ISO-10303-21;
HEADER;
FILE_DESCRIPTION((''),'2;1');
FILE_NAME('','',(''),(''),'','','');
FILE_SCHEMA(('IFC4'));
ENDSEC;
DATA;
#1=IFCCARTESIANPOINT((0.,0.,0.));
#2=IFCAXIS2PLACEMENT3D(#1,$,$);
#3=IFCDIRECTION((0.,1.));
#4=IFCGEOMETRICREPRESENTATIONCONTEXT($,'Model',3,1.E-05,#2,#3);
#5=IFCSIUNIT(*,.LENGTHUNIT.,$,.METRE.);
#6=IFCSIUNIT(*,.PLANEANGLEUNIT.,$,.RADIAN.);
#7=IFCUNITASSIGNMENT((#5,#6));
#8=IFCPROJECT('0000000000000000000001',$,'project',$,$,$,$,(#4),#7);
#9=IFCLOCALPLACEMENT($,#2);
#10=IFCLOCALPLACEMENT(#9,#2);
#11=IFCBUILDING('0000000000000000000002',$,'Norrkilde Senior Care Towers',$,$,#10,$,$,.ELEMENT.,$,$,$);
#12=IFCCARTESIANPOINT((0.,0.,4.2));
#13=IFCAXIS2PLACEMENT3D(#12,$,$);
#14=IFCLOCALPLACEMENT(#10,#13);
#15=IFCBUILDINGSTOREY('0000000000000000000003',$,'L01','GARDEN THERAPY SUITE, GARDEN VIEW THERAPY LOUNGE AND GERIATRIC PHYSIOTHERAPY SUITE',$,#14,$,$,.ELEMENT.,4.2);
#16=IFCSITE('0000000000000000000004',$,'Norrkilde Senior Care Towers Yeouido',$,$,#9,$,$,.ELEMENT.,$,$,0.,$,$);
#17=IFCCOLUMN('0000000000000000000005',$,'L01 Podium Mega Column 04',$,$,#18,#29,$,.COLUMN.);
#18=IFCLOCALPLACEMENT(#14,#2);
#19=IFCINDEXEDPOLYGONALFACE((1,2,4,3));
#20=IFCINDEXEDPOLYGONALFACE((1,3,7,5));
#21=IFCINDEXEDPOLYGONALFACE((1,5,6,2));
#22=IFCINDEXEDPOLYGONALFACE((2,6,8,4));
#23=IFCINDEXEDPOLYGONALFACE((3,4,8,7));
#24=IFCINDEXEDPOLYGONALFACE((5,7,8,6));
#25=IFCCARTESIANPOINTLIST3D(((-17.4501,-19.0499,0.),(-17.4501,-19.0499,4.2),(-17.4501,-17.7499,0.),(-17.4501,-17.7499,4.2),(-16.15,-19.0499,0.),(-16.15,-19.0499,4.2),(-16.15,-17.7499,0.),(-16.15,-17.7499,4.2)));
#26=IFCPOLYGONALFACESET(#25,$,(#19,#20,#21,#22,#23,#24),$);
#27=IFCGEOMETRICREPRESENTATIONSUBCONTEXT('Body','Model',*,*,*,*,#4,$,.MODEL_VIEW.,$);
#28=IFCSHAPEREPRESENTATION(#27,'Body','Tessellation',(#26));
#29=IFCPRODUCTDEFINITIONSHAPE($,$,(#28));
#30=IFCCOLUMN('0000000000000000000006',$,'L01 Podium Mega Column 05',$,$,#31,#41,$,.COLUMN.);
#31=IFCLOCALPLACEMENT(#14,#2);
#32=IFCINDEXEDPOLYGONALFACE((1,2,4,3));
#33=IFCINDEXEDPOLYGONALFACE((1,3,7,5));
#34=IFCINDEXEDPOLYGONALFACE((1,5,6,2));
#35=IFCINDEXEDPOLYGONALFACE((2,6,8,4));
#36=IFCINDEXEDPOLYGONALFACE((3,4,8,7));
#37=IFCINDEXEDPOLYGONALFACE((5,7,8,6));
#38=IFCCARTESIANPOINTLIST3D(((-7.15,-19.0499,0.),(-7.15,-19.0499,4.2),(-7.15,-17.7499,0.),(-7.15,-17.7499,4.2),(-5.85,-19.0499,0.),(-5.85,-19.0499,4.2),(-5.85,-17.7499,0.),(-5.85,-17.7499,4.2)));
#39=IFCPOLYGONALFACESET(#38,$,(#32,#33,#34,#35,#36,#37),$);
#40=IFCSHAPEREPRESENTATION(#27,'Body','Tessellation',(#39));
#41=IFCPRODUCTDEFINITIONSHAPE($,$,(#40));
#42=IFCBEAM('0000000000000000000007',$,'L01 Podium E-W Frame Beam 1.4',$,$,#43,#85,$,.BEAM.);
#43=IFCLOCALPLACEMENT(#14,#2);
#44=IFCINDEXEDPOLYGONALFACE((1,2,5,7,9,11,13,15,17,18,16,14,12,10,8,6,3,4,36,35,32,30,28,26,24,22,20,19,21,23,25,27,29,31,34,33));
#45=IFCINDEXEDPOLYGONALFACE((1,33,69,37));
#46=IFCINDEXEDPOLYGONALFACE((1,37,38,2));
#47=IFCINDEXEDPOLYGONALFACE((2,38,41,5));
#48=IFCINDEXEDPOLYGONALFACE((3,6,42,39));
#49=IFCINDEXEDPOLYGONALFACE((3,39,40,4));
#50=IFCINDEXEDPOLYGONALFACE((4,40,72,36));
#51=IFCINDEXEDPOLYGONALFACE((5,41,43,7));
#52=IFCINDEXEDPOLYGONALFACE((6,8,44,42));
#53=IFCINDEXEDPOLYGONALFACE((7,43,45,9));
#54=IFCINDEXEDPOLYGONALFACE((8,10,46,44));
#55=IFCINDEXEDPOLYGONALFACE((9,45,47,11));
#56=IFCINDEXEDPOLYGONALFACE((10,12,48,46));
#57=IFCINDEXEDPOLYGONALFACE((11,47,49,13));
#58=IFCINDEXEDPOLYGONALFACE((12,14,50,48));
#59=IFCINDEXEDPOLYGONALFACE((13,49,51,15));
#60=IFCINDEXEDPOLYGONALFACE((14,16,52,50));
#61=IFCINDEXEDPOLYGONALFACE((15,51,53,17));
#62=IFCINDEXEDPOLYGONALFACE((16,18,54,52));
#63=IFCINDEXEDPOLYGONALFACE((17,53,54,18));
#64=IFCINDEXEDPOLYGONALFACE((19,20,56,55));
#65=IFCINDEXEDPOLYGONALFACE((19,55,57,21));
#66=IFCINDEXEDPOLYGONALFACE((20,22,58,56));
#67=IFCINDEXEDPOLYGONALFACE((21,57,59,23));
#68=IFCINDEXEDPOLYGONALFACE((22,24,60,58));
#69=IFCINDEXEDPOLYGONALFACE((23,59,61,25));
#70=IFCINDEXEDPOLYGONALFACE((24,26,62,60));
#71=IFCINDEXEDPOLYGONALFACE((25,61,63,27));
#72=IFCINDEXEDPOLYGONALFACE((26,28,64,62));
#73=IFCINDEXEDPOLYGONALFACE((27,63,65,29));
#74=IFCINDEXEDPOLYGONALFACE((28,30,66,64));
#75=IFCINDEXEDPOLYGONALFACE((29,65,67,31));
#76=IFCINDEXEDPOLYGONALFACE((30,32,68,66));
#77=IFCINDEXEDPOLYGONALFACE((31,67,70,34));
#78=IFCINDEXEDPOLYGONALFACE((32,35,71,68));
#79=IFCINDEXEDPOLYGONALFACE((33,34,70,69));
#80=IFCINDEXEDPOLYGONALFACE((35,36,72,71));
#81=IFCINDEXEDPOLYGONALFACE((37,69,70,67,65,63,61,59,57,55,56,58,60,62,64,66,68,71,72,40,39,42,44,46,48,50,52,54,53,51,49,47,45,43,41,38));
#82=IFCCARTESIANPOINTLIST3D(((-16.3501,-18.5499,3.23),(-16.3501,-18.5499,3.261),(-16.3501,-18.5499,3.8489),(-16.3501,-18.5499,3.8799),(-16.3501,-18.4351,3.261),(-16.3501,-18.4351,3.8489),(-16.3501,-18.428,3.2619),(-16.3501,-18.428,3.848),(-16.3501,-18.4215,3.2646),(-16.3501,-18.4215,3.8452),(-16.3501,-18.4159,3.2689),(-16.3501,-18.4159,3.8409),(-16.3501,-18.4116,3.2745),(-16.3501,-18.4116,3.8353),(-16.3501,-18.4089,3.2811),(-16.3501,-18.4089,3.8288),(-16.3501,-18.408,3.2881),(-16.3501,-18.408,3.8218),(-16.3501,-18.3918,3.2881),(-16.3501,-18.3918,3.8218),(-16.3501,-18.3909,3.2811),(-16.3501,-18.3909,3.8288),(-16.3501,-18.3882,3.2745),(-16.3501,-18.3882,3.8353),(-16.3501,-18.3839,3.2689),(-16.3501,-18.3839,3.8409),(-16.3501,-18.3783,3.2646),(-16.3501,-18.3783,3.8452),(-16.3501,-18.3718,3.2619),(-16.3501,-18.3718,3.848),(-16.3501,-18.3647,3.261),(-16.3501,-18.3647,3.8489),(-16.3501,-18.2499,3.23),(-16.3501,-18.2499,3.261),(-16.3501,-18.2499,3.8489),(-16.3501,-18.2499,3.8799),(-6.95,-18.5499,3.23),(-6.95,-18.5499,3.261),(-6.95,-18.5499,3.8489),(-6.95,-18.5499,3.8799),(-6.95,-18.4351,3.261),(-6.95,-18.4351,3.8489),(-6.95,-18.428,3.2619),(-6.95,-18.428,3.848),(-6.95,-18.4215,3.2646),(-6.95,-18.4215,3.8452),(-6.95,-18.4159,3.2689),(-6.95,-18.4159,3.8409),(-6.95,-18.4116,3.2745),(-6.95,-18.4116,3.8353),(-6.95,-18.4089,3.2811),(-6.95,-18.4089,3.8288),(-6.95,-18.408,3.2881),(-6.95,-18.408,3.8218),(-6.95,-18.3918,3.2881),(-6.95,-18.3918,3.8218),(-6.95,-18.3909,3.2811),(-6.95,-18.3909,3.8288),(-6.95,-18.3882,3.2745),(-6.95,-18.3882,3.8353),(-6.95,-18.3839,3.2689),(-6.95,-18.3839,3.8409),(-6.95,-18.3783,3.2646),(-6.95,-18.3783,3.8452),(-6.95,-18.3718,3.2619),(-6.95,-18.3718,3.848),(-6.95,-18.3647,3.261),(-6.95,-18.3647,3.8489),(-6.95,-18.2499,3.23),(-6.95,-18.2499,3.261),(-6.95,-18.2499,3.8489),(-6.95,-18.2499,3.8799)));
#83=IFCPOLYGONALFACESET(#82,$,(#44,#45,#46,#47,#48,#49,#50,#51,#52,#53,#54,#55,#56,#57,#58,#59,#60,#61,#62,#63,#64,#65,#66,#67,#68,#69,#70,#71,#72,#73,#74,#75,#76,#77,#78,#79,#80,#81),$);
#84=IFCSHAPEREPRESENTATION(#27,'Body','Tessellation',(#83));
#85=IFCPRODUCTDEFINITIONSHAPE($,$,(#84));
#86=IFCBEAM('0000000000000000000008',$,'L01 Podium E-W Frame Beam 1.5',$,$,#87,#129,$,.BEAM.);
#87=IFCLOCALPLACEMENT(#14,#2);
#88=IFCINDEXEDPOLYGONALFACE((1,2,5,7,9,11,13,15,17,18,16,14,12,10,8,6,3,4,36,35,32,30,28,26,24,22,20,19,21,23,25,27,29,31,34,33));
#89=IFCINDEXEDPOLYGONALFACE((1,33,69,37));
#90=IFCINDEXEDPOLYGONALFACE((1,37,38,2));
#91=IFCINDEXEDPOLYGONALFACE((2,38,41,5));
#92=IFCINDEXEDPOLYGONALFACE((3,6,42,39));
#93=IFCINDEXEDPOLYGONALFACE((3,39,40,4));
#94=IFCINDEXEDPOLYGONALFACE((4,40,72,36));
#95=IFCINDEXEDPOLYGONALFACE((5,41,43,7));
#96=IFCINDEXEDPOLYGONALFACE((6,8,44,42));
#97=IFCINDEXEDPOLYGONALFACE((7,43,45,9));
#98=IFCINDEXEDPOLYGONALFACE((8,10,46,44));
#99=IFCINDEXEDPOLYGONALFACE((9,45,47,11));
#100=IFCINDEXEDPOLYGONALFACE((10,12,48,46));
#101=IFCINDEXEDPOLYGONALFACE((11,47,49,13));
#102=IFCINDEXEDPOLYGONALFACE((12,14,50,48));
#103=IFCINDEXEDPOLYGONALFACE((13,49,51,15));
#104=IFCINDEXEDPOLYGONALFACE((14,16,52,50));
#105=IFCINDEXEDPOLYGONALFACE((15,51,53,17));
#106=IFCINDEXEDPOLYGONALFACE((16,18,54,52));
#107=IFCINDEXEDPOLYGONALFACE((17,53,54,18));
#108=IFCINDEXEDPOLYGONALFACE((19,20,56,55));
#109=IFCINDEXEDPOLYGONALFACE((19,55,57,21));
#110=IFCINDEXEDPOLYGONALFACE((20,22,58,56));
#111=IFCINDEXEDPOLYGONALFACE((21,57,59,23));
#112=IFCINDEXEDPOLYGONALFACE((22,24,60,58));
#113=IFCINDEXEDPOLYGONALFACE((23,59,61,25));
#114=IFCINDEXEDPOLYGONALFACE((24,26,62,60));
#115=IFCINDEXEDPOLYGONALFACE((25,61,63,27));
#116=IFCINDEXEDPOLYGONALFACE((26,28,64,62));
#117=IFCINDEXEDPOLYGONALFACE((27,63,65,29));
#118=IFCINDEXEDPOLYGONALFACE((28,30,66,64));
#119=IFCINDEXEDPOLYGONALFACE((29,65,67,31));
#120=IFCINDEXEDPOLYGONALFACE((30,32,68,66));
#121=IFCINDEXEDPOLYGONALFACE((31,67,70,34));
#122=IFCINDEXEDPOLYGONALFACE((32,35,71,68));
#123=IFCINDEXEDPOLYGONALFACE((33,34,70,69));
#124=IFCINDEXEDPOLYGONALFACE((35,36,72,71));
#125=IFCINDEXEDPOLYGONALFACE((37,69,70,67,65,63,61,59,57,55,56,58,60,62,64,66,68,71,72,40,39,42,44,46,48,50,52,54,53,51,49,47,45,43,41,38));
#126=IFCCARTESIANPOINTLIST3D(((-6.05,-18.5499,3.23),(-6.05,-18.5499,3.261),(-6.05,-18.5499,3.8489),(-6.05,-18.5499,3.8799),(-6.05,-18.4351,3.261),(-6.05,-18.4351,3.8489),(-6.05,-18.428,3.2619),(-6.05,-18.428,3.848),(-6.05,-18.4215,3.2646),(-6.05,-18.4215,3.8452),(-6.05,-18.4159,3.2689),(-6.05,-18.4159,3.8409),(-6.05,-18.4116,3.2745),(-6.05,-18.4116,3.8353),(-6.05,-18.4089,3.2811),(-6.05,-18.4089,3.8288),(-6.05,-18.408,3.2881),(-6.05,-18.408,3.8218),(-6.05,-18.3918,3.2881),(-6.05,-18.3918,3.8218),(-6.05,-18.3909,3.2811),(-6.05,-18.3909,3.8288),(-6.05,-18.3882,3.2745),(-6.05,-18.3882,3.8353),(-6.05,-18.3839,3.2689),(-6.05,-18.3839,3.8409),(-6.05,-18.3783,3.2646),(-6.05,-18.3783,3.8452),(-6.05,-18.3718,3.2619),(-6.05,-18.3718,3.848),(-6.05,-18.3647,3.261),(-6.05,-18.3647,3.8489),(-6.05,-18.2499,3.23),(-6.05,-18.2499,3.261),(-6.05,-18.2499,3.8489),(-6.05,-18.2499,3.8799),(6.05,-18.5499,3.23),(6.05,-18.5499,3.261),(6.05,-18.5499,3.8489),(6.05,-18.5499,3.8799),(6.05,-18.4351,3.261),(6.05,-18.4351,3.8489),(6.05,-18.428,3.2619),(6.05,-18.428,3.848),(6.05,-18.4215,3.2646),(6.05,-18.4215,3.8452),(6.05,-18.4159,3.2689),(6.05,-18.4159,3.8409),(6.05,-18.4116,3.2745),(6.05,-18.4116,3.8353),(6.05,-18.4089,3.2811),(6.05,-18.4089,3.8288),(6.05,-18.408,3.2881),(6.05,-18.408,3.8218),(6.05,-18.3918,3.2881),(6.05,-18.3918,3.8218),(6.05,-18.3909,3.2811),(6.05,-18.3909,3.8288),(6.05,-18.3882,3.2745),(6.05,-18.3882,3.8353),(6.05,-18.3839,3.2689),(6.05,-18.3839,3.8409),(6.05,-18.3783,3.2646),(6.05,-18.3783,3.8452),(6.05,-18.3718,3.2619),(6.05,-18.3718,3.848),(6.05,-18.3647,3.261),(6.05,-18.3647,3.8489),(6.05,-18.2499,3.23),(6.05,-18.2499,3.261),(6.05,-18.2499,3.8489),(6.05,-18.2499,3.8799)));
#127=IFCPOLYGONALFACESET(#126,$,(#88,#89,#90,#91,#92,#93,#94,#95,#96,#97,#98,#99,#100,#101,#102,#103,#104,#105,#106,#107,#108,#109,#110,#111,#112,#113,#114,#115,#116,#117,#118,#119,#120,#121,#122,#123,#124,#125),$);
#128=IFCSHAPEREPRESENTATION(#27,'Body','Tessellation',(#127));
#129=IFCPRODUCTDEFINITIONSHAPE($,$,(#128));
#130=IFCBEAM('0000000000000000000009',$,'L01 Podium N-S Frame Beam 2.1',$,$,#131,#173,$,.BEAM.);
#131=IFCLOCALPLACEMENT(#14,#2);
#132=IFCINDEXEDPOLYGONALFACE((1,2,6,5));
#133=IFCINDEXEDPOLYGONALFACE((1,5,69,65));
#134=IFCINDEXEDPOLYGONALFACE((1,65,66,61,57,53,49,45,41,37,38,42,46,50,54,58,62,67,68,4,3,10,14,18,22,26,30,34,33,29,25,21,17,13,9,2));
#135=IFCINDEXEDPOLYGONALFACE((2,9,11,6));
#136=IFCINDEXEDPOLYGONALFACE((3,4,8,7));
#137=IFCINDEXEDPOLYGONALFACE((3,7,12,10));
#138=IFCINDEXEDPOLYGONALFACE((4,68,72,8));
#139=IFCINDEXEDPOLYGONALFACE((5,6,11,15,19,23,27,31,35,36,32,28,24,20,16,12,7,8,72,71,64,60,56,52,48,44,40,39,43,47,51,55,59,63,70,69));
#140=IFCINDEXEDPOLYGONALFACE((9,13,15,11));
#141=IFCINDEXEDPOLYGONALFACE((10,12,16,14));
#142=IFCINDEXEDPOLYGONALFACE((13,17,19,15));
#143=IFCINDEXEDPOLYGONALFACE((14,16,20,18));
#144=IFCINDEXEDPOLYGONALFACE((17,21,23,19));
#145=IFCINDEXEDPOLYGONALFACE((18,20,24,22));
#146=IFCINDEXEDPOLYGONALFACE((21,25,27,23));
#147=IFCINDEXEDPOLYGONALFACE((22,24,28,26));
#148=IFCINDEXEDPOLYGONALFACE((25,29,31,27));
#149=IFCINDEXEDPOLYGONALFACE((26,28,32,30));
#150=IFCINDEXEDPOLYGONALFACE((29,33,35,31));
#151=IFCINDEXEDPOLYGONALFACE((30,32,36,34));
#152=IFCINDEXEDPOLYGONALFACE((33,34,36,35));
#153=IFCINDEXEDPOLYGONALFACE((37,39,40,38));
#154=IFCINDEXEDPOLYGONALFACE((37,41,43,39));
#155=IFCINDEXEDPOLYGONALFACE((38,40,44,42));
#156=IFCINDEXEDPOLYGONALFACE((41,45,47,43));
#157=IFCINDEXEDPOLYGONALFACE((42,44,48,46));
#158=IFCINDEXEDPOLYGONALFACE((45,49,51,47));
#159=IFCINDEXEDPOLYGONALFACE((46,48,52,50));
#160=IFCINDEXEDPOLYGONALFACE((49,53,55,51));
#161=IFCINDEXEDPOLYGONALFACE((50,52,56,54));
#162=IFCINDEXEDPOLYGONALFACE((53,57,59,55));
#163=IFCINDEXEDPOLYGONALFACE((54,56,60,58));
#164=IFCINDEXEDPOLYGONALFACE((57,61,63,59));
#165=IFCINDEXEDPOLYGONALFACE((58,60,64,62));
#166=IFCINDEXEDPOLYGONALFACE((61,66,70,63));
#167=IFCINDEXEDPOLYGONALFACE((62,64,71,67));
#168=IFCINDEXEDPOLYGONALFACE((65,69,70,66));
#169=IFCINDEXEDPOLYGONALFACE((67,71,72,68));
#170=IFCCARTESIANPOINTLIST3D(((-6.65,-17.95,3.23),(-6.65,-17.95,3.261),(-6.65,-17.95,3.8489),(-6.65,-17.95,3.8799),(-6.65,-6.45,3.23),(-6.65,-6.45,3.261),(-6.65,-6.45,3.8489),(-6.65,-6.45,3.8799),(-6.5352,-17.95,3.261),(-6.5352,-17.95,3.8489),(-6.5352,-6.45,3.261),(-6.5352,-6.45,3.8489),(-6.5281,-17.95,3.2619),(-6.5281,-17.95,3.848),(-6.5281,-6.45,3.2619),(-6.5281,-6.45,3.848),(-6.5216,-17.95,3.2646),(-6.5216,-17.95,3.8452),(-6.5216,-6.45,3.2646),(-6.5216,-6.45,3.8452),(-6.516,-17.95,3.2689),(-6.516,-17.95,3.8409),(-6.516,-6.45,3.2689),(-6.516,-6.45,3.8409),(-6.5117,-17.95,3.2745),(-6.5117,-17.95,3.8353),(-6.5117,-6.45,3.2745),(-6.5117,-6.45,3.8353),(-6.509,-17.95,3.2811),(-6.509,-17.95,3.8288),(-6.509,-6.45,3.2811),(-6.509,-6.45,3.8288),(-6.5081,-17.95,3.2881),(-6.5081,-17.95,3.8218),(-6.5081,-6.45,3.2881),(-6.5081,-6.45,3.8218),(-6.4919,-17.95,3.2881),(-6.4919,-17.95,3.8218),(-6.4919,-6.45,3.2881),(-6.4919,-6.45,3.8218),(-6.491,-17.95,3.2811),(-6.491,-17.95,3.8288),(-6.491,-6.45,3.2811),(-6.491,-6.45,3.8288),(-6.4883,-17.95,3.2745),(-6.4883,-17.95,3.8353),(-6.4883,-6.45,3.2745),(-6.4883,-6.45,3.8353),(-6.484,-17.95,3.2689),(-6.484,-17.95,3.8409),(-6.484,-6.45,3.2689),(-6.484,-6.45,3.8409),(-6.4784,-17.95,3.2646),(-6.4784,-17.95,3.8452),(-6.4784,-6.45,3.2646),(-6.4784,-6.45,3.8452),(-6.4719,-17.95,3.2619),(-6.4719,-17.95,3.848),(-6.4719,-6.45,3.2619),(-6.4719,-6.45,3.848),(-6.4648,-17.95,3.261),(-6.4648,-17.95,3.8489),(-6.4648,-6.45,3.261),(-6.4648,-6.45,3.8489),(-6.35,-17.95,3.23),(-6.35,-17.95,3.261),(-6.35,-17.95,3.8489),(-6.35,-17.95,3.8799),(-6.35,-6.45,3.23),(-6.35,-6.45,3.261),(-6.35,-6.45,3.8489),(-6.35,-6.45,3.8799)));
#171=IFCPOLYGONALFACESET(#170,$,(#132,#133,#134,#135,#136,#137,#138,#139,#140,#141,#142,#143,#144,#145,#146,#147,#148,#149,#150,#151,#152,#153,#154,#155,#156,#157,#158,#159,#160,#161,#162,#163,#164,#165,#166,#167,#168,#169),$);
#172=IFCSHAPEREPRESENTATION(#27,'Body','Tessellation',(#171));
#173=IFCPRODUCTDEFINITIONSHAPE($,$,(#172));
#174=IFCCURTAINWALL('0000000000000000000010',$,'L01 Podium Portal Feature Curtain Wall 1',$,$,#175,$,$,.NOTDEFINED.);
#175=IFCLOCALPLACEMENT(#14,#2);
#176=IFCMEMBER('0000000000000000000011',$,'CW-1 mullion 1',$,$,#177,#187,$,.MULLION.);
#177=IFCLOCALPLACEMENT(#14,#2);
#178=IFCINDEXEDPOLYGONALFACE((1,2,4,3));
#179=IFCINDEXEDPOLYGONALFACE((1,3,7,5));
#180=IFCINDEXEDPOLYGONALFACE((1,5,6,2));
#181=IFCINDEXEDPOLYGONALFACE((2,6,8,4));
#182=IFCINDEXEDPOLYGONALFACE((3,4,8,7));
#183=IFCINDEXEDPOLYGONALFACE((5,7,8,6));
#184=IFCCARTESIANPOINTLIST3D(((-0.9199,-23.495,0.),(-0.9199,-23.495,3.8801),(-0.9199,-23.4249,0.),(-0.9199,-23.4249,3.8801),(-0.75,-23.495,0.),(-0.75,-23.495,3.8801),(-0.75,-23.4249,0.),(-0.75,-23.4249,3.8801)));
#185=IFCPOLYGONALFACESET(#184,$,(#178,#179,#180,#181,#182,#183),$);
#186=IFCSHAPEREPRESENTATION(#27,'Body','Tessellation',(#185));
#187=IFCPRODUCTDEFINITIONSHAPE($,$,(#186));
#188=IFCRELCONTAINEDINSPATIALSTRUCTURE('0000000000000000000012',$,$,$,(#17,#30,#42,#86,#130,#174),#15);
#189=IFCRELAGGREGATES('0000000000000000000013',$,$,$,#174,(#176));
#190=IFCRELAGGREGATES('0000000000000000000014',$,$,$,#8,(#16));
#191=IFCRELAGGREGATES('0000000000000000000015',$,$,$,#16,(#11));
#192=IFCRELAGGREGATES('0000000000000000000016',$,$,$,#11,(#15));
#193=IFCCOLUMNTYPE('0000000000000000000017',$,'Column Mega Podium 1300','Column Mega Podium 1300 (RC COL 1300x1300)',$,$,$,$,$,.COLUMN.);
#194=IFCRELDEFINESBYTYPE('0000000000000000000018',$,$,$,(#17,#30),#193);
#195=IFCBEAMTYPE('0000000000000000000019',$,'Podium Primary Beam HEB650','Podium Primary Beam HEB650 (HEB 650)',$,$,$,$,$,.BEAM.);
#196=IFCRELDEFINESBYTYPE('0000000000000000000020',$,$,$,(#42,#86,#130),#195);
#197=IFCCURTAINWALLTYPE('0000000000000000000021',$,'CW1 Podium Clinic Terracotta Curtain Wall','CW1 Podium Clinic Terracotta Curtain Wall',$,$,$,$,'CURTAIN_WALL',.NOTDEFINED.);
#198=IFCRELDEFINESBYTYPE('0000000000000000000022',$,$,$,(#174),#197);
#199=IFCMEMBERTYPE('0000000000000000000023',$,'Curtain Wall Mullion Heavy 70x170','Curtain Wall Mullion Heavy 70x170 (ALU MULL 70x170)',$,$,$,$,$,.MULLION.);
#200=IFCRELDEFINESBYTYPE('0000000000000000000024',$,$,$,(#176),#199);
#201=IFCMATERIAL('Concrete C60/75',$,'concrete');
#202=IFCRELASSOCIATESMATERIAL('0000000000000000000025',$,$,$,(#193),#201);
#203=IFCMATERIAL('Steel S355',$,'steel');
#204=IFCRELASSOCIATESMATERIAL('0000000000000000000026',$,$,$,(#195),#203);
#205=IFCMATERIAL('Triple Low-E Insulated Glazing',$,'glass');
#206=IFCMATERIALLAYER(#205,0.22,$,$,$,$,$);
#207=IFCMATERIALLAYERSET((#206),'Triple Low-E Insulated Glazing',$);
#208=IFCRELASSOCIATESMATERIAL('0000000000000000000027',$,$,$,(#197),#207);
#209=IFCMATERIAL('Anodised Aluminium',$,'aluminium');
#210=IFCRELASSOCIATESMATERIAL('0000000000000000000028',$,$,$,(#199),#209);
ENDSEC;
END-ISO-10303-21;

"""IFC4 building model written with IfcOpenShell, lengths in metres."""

from ifc_helpers import new_model, si_unit, direction, frame, origin, origin_2d, place, context, subcontext, project, spatial, rectangle, i_section, extrude, source, transform, mapped, material, layer, layer_set, material_profile, profile_set, type_object, type_shapes, element, aggregate, save


model = new_model("IFC4")

# Units and contexts
model_context = context("Model", 3, precision=1e-05, world=origin(), true_north=direction((0.0, 1.0)))
body_context = subcontext(model_context, "Body", "Model", "MODEL_VIEW")
ifc_project = project(units=[si_unit("LENGTHUNIT", "METRE"), si_unit("PLANEANGLEUNIT", "RADIAN")], contexts=[model_context])

# Site, building, storey
site_placement = place(None, origin())
site = spatial("IfcSite", under=ifc_project, at=site_placement, Name="Norrkilde Senior Care Towers Yeouido", CompositionType="ELEMENT", RefElevation=0.0)
building_placement = place(site_placement, origin())
building = spatial("IfcBuilding", under=site, at=building_placement, Name="Norrkilde Senior Care Towers", CompositionType="ELEMENT")
storey_placement = place(building_placement, frame((0.0, 0.0, 4.2)))
storey = spatial("IfcBuildingStorey", under=building, at=storey_placement, Name="L01", Description="GARDEN THERAPY SUITE, GARDEN VIEW THERAPY LOUNGE AND GERIATRIC PHYSIOTHERAPY SUITE", CompositionType="ELEMENT", Elevation=4.2)

# Columns
ifc_material_1 = material(Name="Concrete C60/75", Category="concrete")
ifc_material_profile_1 = material_profile(ifc_material_1, rectangle(XDim=1.3, YDim=1.3, at=origin_2d()), Name="RC COL 1300x1300")
ifc_profile_set_1 = profile_set([ifc_material_profile_1], Name="Concrete C60/75")
column_type = type_object("IfcColumnType", Name="Column Mega Podium 1300", Description="Column Mega Podium 1300 (RC COL 1300x1300)", PredefinedType="COLUMN", material=ifc_profile_set_1)
shared_shape_1 = source(origin(), body_context, "Body", "SweptSolid", [
    extrude(rectangle(XDim=1.3, YDim=1.3, at=origin_2d()), origin(), (0.0, 0.0, 1.0), 4.2),
])
type_shapes(column_type, [shared_shape_1])
for number, where, z_axis, x_axis, name in (
    (1, (-16.8, -18.3999, 0.0), (0.0, 0.0, 1.0), (1.0, 0.0, 0.0), "L01 Podium Mega Column 04"),
    (2, (-6.5, -18.3999, 0.0), (0.0, 0.0, 1.0), (1.0, 0.0, 0.0), "L01 Podium Mega Column 05"),
):
    element("IfcColumn", number, at=place(storey_placement, frame(where, z_axis=z_axis, x_axis=x_axis)), inside=storey, type_object=column_type, Name=name, PredefinedType="COLUMN", context=body_context, shape_type="MappedRepresentation", body=[
        mapped(shared_shape_1, transform((0.0, 0.0, 0.0), x_axis=(1.0, 0.0, 0.0), y_axis=(0.0, 1.0, 0.0), z_axis=(0.0, 0.0, 1.0), scale=1.0)),
    ])

# Beams
ifc_material_2 = material(Name="Steel S355", Category="steel")
ifc_material_profile_2 = material_profile(ifc_material_2, i_section(OverallWidth=0.3, OverallDepth=0.6499, WebThickness=0.0161, FlangeThickness=0.031, FilletRadius=0.0271, at=origin_2d()), Name="HEB 650")
ifc_profile_set_2 = profile_set([ifc_material_profile_2], Name="Steel S355")
beam_type = type_object("IfcBeamType", Name="Podium Primary Beam HEB650", Description="Podium Primary Beam HEB650 (HEB 650)", PredefinedType="BEAM", material=ifc_profile_set_2)
shared_shape_2 = source(origin(), body_context, "Body", "SweptSolid", [
    extrude(i_section(OverallWidth=0.3, OverallDepth=0.6499, WebThickness=0.0161, FlangeThickness=0.031, FilletRadius=0.0271, at=origin_2d()), origin(), (0.0, 0.0, 1.0), 9.4001),
])
beam_1_placement = place(storey_placement, frame((-16.3501, -18.3999, 3.5549), z_axis=(1.0, 0.0, 0.0), x_axis=(0.0, 1.0, 0.0)))
element("IfcBeam", 3, at=beam_1_placement, inside=storey, type_object=beam_type, Name="L01 Podium E-W Frame Beam 1.4", PredefinedType="BEAM", context=body_context, shape_type="MappedRepresentation", body=[
    mapped(shared_shape_2, transform((0.0, 0.0, 0.0), x_axis=(1.0, 0.0, 0.0), y_axis=(0.0, 1.0, 0.0), z_axis=(0.0, 0.0, 1.0), scale=1.0)),
])
shared_shape_3 = source(origin(), body_context, "Body", "SweptSolid", [
    extrude(i_section(OverallWidth=0.3, OverallDepth=0.6499, WebThickness=0.0161, FlangeThickness=0.031, FilletRadius=0.0271, at=origin_2d()), origin(), (0.0, 0.0, 1.0), 12.1001),
])
beam_2_placement = place(storey_placement, frame((-6.05, -18.3999, 3.5549), z_axis=(1.0, 0.0, 0.0), x_axis=(0.0, 1.0, 0.0)))
element("IfcBeam", 4, at=beam_2_placement, inside=storey, type_object=beam_type, Name="L01 Podium E-W Frame Beam 1.5", PredefinedType="BEAM", context=body_context, shape_type="MappedRepresentation", body=[
    mapped(shared_shape_3, transform((0.0, 0.0, 0.0), x_axis=(1.0, 0.0, 0.0), y_axis=(0.0, 1.0, 0.0), z_axis=(0.0, 0.0, 1.0), scale=1.0)),
])
shared_shape_4 = source(origin(), body_context, "Body", "SweptSolid", [
    extrude(i_section(OverallWidth=0.3, OverallDepth=0.6499, WebThickness=0.0161, FlangeThickness=0.031, FilletRadius=0.0271, at=origin_2d()), origin(), (0.0, 0.0, 1.0), 11.5),
])
type_shapes(beam_type, [shared_shape_2, shared_shape_3, shared_shape_4])
beam_3_placement = place(storey_placement, frame((-6.5, -17.95, 3.5549), z_axis=(0.0, 1.0, 0.0), x_axis=(-1.0, 0.0, 0.0)))
element("IfcBeam", 5, at=beam_3_placement, inside=storey, type_object=beam_type, Name="L01 Podium N-S Frame Beam 2.1", PredefinedType="BEAM", context=body_context, shape_type="MappedRepresentation", body=[
    mapped(shared_shape_4, transform((0.0, 0.0, 0.0), x_axis=(1.0, 0.0, 0.0), y_axis=(0.0, 1.0, 0.0), z_axis=(0.0, 0.0, 1.0), scale=1.0)),
])

# Curtain wall, member
ifc_material_3 = material(Name="Triple Low-E Insulated Glazing", Category="glass")
ifc_layer_1 = layer(ifc_material_3, 0.22)
ifc_layer_set_1 = layer_set([ifc_layer_1], Name="Triple Low-E Insulated Glazing")
curtain_wall_type = type_object("IfcCurtainWallType", Name="CW1 Podium Clinic Terracotta Curtain Wall", Description="CW1 Podium Clinic Terracotta Curtain Wall", ElementType="CURTAIN_WALL", PredefinedType="NOTDEFINED", material=ifc_layer_set_1)
curtain_wall_placement = place(storey_placement, origin())
curtain_wall = element("IfcCurtainWall", 6, at=curtain_wall_placement, inside=storey, type_object=curtain_wall_type, Name="L01 Podium Portal Feature Curtain Wall 1", PredefinedType="NOTDEFINED")
ifc_material_4 = material(Name="Anodised Aluminium", Category="aluminium")
ifc_material_profile_3 = material_profile(ifc_material_4, rectangle(XDim=0.0701, YDim=0.1699, at=origin_2d()), Name="ALU MULL 70x170")
ifc_profile_set_3 = profile_set([ifc_material_profile_3], Name="Anodised Aluminium")
member_type_1 = type_object("IfcMemberType", Name="Curtain Wall Mullion Heavy 70x170", Description="Curtain Wall Mullion Heavy 70x170 (ALU MULL 70x170)", PredefinedType="MULLION", material=ifc_profile_set_3)
shared_shape_5 = source(origin(), body_context, "Body", "SweptSolid", [
    extrude(rectangle(XDim=0.0701, YDim=0.1699, at=origin_2d()), origin(), (0.0, 0.0, 1.0), 3.8801),
])
type_shapes(member_type_1, [shared_shape_5])
member_1_placement = place(storey_placement, frame((-0.835, -23.46, 0.0), z_axis=(0.0, 0.0, 1.0), x_axis=(0.0, -1.0, 0.0)))
member_1 = element("IfcMember", 7, at=member_1_placement, type_object=member_type_1, Name="CW-1 mullion 1", PredefinedType="MULLION", context=body_context, shape_type="MappedRepresentation", body=[
    mapped(shared_shape_5, transform((0.0, 0.0, 0.0), x_axis=(1.0, 0.0, 0.0), y_axis=(0.0, 1.0, 0.0), z_axis=(0.0, 0.0, 1.0), scale=1.0)),
])
aggregate(curtain_wall, [member_1])

save(model, "model.ifc")
